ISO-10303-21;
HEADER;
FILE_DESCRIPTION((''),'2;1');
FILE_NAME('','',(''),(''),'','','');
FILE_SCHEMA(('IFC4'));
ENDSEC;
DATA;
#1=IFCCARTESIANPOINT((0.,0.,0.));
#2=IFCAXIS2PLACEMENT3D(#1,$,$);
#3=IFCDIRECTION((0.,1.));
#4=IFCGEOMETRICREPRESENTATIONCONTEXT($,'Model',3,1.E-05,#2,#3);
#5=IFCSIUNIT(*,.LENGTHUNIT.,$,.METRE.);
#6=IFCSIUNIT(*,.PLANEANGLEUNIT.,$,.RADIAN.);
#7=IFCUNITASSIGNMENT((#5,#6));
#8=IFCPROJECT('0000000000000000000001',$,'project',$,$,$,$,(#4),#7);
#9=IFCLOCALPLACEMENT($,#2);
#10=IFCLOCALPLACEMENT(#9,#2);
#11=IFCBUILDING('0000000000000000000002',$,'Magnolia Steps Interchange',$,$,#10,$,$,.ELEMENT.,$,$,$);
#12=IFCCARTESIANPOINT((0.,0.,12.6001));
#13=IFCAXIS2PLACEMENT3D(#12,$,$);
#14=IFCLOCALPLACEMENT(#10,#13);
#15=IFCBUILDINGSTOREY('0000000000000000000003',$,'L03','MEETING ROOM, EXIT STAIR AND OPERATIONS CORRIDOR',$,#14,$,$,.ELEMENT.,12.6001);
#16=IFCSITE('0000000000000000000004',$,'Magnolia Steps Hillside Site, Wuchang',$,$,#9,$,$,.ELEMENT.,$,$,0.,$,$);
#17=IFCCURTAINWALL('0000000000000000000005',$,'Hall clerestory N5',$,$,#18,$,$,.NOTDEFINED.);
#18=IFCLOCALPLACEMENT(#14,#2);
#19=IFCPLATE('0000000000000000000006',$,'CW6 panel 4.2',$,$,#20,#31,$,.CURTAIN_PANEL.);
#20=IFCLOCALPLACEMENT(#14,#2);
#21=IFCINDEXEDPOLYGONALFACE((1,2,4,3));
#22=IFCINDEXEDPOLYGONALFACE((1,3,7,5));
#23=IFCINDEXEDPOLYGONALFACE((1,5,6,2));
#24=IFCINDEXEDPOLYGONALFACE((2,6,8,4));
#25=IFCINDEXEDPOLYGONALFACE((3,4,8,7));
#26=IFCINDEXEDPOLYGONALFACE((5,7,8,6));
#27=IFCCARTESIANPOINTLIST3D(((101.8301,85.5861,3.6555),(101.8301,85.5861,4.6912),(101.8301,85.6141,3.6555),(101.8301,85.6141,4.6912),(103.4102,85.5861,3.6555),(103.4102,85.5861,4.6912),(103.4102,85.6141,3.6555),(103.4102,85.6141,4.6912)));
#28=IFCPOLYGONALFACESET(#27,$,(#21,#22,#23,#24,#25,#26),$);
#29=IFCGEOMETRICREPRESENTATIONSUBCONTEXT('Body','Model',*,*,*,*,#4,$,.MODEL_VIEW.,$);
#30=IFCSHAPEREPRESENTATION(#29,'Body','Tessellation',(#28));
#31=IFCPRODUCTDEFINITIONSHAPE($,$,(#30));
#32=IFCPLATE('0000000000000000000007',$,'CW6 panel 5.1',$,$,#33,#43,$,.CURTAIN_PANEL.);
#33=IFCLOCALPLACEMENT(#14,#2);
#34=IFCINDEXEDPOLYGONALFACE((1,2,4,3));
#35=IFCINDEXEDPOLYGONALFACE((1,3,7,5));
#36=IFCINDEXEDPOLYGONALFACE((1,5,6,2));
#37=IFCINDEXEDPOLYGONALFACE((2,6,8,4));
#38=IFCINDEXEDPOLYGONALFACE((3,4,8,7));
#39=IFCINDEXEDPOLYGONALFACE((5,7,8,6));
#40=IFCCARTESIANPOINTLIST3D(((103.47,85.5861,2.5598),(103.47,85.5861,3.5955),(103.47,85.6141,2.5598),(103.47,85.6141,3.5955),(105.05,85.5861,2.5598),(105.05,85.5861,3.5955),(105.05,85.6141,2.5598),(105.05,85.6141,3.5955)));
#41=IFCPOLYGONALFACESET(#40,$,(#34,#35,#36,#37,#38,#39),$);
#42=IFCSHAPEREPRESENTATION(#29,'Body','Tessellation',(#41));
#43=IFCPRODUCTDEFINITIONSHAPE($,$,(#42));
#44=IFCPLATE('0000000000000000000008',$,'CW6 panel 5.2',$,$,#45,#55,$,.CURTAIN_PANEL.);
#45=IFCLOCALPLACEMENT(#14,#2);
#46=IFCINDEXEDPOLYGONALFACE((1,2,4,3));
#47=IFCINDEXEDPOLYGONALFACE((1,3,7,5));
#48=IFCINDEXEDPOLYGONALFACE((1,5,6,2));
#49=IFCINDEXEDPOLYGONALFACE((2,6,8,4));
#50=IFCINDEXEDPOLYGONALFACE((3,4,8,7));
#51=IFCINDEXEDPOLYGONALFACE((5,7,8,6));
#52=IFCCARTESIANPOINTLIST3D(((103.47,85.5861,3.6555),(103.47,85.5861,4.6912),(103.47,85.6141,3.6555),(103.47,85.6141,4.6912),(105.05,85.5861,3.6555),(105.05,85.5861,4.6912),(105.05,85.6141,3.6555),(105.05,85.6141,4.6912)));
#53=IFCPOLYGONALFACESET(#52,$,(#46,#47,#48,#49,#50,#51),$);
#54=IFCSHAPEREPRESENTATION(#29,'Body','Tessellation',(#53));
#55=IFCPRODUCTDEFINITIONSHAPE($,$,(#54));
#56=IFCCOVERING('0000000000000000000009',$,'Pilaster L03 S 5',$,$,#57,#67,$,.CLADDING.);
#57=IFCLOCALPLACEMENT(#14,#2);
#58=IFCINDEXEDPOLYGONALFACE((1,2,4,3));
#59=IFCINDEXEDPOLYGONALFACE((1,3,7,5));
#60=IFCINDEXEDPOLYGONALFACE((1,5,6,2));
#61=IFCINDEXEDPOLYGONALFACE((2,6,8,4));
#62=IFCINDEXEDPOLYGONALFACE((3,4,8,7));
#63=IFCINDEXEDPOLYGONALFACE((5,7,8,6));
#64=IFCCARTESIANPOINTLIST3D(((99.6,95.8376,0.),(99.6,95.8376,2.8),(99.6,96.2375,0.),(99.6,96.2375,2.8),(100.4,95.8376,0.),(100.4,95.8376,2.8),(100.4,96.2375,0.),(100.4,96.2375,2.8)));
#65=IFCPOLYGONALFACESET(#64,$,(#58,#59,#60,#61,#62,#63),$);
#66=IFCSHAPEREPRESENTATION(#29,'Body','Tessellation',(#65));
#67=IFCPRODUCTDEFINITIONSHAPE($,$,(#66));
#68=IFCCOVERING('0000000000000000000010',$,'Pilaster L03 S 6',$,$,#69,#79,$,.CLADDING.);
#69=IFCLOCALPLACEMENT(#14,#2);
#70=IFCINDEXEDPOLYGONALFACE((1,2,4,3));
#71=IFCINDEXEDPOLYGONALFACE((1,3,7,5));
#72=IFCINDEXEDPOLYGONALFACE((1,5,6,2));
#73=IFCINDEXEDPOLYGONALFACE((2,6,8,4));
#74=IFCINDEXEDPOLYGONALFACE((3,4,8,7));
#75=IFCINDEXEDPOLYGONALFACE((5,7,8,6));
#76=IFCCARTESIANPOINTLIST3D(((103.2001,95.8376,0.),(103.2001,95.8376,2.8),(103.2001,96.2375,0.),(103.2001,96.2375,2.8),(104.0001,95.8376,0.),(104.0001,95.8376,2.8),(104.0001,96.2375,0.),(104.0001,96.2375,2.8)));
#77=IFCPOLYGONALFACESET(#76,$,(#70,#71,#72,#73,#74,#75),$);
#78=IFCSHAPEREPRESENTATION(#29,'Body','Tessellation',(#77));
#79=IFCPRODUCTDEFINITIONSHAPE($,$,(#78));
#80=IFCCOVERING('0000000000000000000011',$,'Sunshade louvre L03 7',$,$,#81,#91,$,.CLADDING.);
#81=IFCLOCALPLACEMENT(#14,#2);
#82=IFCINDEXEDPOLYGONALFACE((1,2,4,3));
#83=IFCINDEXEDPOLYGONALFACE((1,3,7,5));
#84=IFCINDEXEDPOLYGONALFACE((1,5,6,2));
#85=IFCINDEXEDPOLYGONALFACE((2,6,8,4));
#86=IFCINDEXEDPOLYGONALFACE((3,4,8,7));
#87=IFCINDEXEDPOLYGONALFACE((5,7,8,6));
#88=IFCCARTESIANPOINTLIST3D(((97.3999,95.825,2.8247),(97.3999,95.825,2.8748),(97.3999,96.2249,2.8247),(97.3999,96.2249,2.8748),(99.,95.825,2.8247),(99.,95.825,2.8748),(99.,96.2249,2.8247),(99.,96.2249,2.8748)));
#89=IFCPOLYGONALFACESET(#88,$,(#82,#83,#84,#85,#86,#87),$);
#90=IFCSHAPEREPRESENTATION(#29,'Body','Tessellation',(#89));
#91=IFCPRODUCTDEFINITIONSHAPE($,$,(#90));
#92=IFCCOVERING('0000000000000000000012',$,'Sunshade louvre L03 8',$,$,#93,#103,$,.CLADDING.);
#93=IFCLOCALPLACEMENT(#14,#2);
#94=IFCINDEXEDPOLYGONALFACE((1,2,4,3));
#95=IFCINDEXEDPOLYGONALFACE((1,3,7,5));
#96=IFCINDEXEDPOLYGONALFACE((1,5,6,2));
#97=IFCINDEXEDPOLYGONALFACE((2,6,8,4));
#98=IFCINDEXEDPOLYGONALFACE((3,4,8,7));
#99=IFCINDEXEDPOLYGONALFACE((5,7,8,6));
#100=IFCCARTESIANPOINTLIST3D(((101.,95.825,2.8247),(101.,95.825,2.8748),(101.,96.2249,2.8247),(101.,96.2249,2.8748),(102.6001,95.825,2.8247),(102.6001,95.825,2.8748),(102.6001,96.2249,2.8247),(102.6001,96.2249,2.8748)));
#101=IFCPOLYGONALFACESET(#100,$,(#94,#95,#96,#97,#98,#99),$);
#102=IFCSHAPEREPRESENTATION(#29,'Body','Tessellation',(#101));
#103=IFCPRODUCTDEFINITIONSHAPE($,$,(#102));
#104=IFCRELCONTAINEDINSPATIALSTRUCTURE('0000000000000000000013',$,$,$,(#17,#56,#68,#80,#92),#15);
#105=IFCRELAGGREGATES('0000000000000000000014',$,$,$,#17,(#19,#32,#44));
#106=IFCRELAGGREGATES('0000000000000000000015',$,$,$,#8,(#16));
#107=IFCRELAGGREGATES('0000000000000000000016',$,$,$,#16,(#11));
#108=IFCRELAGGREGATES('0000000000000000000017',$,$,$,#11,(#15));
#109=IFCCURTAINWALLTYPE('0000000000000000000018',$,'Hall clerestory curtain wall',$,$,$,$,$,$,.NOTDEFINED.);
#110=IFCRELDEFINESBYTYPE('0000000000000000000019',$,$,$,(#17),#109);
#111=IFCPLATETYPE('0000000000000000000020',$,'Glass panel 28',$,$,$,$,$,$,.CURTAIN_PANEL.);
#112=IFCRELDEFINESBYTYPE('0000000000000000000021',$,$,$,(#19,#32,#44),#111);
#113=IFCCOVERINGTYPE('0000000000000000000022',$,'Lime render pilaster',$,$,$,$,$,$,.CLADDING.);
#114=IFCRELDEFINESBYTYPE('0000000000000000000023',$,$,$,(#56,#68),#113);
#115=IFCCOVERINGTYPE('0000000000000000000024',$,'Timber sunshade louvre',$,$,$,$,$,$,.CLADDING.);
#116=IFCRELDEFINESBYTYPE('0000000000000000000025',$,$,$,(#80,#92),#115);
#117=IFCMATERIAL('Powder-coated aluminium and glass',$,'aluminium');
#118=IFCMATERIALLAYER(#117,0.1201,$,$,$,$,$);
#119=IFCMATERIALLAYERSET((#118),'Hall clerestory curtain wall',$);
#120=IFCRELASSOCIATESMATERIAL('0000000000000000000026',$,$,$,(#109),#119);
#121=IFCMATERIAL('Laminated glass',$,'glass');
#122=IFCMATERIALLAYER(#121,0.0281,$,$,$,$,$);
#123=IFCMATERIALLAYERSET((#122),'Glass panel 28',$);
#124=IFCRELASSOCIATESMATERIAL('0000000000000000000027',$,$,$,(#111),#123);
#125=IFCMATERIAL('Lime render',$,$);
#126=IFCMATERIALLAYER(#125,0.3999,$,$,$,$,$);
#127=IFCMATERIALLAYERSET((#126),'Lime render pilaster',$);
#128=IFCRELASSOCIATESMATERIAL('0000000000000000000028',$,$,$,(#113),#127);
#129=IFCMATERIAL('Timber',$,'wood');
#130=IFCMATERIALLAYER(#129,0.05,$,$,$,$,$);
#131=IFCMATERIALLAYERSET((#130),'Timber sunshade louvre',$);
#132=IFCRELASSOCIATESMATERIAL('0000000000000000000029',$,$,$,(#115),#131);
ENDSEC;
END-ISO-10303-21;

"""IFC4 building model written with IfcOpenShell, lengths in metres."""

from ifc_helpers import new_model, si_unit, direction, frame, origin, origin_2d, place, context, subcontext, project, spatial, rectangle, extrude, material, layer, layer_set, type_object, element, aggregate, save


model = new_model("IFC4")

# Units and contexts
model_context = context("Model", 3, precision=1e-05, world=origin(), true_north=direction((0.0, 1.0)))
body_context = subcontext(model_context, "Body", "Model", "MODEL_VIEW")
ifc_project = project(units=[si_unit("LENGTHUNIT", "METRE"), si_unit("PLANEANGLEUNIT", "RADIAN")], contexts=[model_context])

# Site, building, storey
site_placement = place(None, origin())
site = spatial("IfcSite", under=ifc_project, at=site_placement, Name="Magnolia Steps Hillside Site, Wuchang", CompositionType="ELEMENT", RefElevation=0.0)
building_placement = place(site_placement, origin())
building = spatial("IfcBuilding", under=site, at=building_placement, Name="Magnolia Steps Interchange", CompositionType="ELEMENT")
storey_placement = place(building_placement, frame((0.0, 0.0, 12.6001)))
storey = spatial("IfcBuildingStorey", under=building, at=storey_placement, Name="L03", Description="MEETING ROOM, EXIT STAIR AND OPERATIONS CORRIDOR", CompositionType="ELEMENT", Elevation=12.6001)

# Curtain wall
ifc_material_1 = material(Name="Powder-coated aluminium and glass", Category="aluminium")
ifc_layer_1 = layer(ifc_material_1, 0.1201)
ifc_layer_set_1 = layer_set([ifc_layer_1], Name="Hall clerestory curtain wall")
curtain_wall_type = type_object("IfcCurtainWallType", Name="Hall clerestory curtain wall", PredefinedType="NOTDEFINED", material=ifc_layer_set_1)
curtain_wall_placement = place(storey_placement, origin())
curtain_wall = element("IfcCurtainWall", 1, at=curtain_wall_placement, inside=storey, type_object=curtain_wall_type, Name="Hall clerestory N5", PredefinedType="NOTDEFINED")

# Plates
ifc_material_2 = material(Name="Laminated glass", Category="glass")
ifc_layer_2 = layer(ifc_material_2, 0.0281)
ifc_layer_set_2 = layer_set([ifc_layer_2], Name="Glass panel 28")
plate_type = type_object("IfcPlateType", Name="Glass panel 28", PredefinedType="CURTAIN_PANEL", material=ifc_layer_set_2)
plate_1_placement = place(storey_placement, frame((102.6201, 85.6001, 3.6555), z_axis=(0.0, 0.0, 1.0), x_axis=(1.0, 0.0, 0.0)))
plate_1 = element("IfcPlate", 2, at=plate_1_placement, type_object=plate_type, Name="CW6 panel 4.2", PredefinedType="CURTAIN_PANEL", context=body_context, shape_type="SweptSolid", body=[
    extrude(rectangle(XDim=1.5801, YDim=0.0281, at=origin_2d()), origin(), (0.0, 0.0, 1.0), 1.0356),
])
plate_2_placement = place(storey_placement, frame((104.26, 85.6001, 2.5598), z_axis=(0.0, 0.0, 1.0), x_axis=(1.0, 0.0, 0.0)))
plate_2 = element("IfcPlate", 3, at=plate_2_placement, type_object=plate_type, Name="CW6 panel 5.1", PredefinedType="CURTAIN_PANEL", context=body_context, shape_type="SweptSolid", body=[
    extrude(rectangle(XDim=1.5801, YDim=0.0281, at=origin_2d()), origin(), (0.0, 0.0, 1.0), 1.0356),
])
plate_3_placement = place(storey_placement, frame((104.26, 85.6001, 3.6555), z_axis=(0.0, 0.0, 1.0), x_axis=(1.0, 0.0, 0.0)))
plate_3 = element("IfcPlate", 4, at=plate_3_placement, type_object=plate_type, Name="CW6 panel 5.2", PredefinedType="CURTAIN_PANEL", context=body_context, shape_type="SweptSolid", body=[
    extrude(rectangle(XDim=1.5801, YDim=0.0281, at=origin_2d()), origin(), (0.0, 0.0, 1.0), 1.0356),
])
aggregate(curtain_wall, [plate_1, plate_2, plate_3])

# Coverings
ifc_material_3 = material(Name="Lime render")
ifc_layer_3 = layer(ifc_material_3, 0.3999)
ifc_layer_set_3 = layer_set([ifc_layer_3], Name="Lime render pilaster")
covering_type_1 = type_object("IfcCoveringType", Name="Lime render pilaster", PredefinedType="CLADDING", material=ifc_layer_set_3)
for number, where, z_axis, x_axis, name in (
    (5, (100.0, 96.0376, 0.0), (0.0, 0.0, 1.0), (1.0, 0.0, 0.0), "Pilaster L03 S 5"),
    (6, (103.6001, 96.0376, 0.0), (0.0, 0.0, 1.0), (1.0, 0.0, 0.0), "Pilaster L03 S 6"),
):
    element("IfcCovering", number, at=place(storey_placement, frame(where, z_axis=z_axis, x_axis=x_axis)), inside=storey, type_object=covering_type_1, Name=name, PredefinedType="CLADDING", context=body_context, shape_type="SweptSolid", body=[
        extrude(rectangle(XDim=0.8, YDim=0.3999, at=origin_2d()), origin(), (0.0, 0.0, 1.0), 2.8),
    ])
ifc_material_4 = material(Name="Timber", Category="wood")
ifc_layer_4 = layer(ifc_material_4, 0.05)
ifc_layer_set_4 = layer_set([ifc_layer_4], Name="Timber sunshade louvre")
covering_type_2 = type_object("IfcCoveringType", Name="Timber sunshade louvre", PredefinedType="CLADDING", material=ifc_layer_set_4)
for number, where, z_axis, x_axis, name in (
    (7, (98.2, 96.0249, 2.8247), (0.0, 0.0, 1.0), (1.0, 0.0, 0.0), "Sunshade louvre L03 7"),
    (8, (101.8, 96.0249, 2.8247), (0.0, 0.0, 1.0), (1.0, 0.0, 0.0), "Sunshade louvre L03 8"),
):
    element("IfcCovering", number, at=place(storey_placement, frame(where, z_axis=z_axis, x_axis=x_axis)), inside=storey, type_object=covering_type_2, Name=name, PredefinedType="CLADDING", context=body_context, shape_type="SweptSolid", body=[
        extrude(rectangle(XDim=1.6001, YDim=0.3999, at=origin_2d()), origin(), (0.0, 0.0, 1.0), 0.05),
    ])

save(model, "model.ifc")
